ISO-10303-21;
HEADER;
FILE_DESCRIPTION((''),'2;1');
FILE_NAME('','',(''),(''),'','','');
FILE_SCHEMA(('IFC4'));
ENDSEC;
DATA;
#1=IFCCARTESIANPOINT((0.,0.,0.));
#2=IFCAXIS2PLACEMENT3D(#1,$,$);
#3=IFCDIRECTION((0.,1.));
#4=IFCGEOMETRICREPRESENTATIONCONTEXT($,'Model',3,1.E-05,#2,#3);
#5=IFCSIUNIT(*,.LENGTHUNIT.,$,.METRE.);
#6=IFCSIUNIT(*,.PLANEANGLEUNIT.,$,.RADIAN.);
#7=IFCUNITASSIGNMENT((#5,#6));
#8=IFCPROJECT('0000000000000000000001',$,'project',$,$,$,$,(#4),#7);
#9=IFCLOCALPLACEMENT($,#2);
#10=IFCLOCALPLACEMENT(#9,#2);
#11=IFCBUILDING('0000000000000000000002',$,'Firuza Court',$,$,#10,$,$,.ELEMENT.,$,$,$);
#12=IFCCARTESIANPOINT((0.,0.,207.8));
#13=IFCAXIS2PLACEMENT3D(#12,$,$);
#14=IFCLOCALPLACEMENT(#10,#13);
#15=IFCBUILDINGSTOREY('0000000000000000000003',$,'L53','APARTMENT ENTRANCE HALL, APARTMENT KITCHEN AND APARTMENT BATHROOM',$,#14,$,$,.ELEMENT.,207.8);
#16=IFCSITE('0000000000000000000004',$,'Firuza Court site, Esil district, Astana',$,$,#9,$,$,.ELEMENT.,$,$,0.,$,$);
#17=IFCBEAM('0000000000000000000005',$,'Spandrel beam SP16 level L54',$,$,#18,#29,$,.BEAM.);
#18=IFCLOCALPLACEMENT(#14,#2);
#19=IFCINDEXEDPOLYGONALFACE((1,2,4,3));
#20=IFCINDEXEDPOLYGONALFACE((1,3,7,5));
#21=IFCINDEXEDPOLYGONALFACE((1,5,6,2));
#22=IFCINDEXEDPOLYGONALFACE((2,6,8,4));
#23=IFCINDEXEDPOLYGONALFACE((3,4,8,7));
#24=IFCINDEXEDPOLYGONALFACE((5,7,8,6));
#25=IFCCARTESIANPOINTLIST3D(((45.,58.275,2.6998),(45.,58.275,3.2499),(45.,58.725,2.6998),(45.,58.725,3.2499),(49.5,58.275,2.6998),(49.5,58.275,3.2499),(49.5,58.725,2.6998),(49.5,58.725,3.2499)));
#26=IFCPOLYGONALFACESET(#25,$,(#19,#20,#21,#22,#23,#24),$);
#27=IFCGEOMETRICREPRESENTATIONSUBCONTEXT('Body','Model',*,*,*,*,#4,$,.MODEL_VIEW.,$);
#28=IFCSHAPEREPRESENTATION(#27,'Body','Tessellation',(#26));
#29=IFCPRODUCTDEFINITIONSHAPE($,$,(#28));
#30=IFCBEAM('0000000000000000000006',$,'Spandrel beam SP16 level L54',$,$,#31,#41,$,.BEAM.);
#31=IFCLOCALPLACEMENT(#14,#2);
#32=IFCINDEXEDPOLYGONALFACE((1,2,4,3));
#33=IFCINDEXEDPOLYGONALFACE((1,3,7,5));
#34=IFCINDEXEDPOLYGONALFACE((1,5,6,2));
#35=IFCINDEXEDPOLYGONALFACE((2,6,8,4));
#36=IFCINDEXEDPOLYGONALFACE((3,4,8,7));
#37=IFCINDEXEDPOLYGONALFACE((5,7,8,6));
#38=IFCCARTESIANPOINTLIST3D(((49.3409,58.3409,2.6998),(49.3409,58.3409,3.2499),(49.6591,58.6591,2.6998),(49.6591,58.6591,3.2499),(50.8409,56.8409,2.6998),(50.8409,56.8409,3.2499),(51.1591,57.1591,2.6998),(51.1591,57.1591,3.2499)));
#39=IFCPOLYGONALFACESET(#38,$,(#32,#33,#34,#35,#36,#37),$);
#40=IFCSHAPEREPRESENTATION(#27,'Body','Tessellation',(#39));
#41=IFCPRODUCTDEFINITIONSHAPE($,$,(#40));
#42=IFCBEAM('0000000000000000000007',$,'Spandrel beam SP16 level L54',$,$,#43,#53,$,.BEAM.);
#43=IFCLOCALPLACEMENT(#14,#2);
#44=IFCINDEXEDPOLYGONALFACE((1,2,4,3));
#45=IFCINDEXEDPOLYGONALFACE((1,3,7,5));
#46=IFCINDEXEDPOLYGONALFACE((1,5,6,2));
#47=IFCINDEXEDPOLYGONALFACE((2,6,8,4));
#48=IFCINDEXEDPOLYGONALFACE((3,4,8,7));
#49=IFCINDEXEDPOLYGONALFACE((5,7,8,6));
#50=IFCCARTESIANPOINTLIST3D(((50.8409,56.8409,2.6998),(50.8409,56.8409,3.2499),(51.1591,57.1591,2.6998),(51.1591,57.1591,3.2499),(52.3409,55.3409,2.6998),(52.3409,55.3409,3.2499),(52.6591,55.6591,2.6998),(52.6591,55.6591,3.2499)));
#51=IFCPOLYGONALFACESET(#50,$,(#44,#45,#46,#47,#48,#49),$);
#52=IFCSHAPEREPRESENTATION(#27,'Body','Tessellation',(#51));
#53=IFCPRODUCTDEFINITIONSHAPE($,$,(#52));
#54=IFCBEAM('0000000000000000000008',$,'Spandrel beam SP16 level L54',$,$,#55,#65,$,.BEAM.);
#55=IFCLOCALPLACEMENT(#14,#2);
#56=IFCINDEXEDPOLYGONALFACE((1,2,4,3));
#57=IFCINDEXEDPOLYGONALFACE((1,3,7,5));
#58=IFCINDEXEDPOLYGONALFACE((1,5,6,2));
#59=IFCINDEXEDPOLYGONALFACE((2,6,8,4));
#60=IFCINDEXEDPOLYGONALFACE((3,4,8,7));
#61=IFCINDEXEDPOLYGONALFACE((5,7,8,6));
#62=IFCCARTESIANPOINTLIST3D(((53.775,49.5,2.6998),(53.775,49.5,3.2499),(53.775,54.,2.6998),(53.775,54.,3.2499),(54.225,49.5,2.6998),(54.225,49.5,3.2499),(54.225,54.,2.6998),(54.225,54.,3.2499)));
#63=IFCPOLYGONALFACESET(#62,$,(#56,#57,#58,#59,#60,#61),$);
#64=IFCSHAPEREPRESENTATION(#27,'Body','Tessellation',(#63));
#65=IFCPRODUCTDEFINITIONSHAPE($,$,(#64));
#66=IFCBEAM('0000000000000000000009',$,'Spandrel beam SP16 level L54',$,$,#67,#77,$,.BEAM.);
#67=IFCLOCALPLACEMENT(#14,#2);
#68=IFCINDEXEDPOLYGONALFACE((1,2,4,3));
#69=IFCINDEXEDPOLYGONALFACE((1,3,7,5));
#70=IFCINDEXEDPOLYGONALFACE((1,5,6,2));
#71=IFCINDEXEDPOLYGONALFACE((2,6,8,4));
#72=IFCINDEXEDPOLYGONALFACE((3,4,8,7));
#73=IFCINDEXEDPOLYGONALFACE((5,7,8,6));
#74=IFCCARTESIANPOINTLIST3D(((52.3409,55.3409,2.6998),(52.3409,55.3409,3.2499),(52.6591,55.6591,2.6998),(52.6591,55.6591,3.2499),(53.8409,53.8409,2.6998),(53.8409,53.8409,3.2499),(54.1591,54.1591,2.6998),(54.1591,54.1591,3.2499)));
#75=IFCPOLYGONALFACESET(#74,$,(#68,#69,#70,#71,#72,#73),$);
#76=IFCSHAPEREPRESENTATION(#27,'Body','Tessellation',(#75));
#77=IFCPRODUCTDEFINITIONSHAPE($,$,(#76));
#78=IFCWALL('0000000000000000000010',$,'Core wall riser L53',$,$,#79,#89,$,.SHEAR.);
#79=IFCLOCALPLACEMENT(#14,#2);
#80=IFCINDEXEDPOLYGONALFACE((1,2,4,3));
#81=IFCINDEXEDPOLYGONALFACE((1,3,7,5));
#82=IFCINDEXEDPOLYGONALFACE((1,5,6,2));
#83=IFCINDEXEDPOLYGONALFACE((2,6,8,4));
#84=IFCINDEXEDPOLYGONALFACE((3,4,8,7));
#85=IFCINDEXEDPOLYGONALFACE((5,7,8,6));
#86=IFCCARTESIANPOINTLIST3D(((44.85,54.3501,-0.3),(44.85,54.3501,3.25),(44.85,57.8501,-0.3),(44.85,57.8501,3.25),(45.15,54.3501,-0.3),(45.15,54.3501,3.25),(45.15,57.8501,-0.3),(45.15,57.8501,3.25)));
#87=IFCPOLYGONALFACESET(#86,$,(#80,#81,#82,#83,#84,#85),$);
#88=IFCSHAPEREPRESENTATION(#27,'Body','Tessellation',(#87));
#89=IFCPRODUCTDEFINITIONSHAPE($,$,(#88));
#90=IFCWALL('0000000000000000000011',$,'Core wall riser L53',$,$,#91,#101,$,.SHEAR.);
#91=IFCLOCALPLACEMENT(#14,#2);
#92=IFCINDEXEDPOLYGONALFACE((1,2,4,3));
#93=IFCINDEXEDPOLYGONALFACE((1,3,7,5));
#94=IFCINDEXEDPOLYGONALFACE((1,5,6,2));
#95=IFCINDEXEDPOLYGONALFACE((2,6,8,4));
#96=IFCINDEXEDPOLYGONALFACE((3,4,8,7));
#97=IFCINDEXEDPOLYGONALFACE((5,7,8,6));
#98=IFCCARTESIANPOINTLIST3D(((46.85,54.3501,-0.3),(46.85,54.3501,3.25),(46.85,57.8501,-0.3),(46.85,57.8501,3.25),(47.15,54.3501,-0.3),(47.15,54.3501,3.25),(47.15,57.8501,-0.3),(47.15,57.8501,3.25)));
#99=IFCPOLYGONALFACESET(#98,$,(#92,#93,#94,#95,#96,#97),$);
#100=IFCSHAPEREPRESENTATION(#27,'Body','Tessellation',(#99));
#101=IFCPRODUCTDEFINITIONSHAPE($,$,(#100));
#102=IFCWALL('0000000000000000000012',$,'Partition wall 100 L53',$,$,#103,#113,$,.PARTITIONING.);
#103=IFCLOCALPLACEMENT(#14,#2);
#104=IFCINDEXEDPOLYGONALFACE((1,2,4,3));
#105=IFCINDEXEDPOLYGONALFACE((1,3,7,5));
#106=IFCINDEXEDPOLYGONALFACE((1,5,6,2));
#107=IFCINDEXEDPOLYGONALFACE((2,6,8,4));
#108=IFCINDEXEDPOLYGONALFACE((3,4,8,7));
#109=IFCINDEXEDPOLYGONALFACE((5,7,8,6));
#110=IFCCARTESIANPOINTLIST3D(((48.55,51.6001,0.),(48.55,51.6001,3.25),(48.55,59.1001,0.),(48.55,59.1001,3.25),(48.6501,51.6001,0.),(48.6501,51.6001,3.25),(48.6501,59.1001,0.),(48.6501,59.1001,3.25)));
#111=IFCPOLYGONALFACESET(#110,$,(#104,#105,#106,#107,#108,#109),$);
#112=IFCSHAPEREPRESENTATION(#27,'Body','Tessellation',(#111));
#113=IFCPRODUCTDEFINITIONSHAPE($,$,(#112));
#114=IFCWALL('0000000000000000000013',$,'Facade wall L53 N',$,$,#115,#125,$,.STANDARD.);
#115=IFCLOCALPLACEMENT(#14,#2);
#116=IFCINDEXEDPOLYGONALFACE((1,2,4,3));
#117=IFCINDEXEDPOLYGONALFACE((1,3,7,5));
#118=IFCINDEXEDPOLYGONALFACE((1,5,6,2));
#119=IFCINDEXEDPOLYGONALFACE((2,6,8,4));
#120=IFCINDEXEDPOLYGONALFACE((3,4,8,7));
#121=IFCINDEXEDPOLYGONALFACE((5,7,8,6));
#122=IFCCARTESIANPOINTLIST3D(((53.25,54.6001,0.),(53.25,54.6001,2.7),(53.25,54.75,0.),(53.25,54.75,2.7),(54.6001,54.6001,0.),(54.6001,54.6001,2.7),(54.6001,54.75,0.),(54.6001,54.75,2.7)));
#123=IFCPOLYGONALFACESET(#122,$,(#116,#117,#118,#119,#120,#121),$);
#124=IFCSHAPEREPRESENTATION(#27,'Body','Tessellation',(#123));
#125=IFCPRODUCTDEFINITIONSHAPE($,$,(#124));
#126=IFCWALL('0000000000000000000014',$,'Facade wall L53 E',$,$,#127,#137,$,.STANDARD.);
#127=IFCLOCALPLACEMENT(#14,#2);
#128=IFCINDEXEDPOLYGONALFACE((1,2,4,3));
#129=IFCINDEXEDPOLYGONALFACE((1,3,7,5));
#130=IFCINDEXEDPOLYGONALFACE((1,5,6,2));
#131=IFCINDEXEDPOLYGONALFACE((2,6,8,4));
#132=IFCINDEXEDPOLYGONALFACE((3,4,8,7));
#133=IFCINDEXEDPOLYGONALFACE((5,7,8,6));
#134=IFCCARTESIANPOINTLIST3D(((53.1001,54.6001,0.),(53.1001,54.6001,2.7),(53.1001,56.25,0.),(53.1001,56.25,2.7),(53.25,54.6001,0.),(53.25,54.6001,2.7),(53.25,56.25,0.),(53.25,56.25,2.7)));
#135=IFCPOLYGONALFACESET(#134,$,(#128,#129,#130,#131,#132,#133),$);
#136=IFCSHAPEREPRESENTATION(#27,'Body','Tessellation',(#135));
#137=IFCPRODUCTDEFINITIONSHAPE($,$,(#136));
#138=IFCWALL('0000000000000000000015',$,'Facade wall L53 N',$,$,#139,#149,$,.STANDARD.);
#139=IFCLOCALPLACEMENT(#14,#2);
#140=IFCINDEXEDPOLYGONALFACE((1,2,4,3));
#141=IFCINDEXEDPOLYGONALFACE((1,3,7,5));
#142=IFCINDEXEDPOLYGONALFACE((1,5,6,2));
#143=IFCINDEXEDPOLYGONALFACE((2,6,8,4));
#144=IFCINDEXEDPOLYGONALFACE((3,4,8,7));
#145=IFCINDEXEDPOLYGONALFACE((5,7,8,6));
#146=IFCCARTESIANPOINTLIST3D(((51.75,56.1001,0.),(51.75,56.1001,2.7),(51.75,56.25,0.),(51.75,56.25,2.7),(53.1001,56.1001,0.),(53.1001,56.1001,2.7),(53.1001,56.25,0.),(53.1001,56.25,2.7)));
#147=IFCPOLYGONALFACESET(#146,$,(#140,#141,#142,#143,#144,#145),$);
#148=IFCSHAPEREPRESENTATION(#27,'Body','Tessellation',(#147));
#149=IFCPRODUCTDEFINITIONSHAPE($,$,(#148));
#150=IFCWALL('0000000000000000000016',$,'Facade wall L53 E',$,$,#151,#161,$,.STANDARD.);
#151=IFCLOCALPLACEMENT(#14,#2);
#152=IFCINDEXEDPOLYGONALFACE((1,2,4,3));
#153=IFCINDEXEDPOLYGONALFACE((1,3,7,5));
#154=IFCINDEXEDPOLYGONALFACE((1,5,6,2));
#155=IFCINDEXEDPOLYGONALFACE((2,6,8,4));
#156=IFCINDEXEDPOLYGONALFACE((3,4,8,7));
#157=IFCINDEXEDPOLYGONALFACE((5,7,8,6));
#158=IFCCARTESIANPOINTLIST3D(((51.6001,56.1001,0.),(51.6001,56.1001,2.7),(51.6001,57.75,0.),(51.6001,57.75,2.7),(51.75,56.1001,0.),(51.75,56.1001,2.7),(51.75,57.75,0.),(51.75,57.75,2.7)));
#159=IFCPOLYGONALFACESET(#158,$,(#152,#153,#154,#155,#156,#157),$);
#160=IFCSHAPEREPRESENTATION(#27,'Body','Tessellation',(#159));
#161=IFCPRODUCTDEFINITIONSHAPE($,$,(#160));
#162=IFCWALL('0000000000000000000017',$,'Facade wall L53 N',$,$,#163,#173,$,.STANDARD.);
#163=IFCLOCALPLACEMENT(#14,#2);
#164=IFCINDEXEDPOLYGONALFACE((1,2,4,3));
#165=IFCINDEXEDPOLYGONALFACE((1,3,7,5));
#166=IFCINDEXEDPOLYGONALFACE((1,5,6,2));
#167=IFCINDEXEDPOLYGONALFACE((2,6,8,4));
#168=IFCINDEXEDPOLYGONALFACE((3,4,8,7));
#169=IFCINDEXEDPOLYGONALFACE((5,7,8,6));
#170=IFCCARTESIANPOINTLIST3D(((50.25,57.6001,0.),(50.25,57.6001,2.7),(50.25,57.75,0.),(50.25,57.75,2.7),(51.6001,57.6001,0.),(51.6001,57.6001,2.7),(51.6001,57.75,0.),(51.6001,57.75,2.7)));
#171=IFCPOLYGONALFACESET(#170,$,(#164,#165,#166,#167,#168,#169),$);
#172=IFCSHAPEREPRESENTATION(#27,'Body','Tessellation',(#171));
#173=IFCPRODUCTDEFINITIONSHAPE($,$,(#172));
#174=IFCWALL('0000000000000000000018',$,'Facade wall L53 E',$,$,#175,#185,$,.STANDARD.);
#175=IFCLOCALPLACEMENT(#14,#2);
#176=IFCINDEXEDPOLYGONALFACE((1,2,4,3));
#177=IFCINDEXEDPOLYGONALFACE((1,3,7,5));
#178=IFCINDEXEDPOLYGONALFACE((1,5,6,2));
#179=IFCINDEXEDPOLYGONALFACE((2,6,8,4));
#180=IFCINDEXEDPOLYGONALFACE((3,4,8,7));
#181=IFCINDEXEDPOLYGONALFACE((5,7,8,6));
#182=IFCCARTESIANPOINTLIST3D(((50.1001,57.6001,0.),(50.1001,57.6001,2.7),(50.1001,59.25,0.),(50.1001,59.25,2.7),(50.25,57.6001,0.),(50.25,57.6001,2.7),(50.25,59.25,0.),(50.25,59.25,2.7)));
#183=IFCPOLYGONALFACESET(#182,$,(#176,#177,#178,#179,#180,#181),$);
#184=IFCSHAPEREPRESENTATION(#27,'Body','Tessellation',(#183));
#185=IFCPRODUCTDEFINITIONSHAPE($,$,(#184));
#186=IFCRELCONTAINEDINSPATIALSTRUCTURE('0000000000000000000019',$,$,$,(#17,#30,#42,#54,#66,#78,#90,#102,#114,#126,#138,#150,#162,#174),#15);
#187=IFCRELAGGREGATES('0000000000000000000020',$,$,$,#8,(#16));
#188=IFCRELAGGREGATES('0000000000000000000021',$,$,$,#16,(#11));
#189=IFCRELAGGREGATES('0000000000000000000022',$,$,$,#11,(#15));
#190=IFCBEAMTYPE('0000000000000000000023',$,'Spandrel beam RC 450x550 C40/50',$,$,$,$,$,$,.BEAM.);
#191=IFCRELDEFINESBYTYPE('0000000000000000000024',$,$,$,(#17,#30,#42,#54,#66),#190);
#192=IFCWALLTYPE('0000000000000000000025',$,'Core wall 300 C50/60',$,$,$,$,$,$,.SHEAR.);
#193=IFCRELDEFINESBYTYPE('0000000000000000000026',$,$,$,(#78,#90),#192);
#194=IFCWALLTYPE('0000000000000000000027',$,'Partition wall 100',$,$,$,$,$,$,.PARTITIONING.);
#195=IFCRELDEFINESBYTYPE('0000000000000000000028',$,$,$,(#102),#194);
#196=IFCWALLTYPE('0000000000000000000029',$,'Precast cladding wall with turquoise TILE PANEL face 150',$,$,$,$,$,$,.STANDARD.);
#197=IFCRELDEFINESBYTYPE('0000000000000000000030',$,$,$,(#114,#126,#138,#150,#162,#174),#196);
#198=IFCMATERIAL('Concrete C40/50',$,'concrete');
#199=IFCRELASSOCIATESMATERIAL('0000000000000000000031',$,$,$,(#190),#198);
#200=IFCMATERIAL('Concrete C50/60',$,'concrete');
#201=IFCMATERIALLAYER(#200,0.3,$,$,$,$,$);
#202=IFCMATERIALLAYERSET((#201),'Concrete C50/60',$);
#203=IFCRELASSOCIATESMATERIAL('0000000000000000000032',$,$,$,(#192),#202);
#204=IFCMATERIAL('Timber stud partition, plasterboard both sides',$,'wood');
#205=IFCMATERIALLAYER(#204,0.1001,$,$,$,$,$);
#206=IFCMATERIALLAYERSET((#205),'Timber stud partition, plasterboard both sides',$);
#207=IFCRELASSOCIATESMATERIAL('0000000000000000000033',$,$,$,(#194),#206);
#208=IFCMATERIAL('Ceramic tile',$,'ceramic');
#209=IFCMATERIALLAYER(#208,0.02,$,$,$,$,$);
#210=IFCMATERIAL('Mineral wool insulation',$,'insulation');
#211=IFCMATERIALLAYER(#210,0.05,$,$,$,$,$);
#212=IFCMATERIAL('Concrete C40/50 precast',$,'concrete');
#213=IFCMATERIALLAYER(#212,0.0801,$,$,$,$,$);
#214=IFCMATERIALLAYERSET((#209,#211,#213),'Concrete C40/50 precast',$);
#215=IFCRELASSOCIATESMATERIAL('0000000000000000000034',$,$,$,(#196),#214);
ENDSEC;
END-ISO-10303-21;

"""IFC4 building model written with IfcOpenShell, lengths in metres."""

from ifc_helpers import new_model, si_unit, direction, frame, frame_2d, origin, origin_2d, place, context, subcontext, project, spatial, rectangle, extrude, material, layer, layer_set, material_profile, profile_set, type_object, element, save


model = new_model("IFC4")

# Units and contexts
model_context = context("Model", 3, precision=1e-05, world=origin(), true_north=direction((0.0, 1.0)))
body_context = subcontext(model_context, "Body", "Model", "MODEL_VIEW")
ifc_project = project(units=[si_unit("LENGTHUNIT", "METRE"), si_unit("PLANEANGLEUNIT", "RADIAN")], contexts=[model_context])

# Site, building, storey
site_placement = place(None, origin())
site = spatial("IfcSite", under=ifc_project, at=site_placement, Name="Firuza Court site, Esil district, Astana", CompositionType="ELEMENT", RefElevation=0.0)
building_placement = place(site_placement, origin())
building = spatial("IfcBuilding", under=site, at=building_placement, Name="Firuza Court", CompositionType="ELEMENT")
storey_placement = place(building_placement, frame((0.0, 0.0, 207.8)))
storey = spatial("IfcBuildingStorey", under=building, at=storey_placement, Name="L53", Description="APARTMENT ENTRANCE HALL, APARTMENT KITCHEN AND APARTMENT BATHROOM", CompositionType="ELEMENT", Elevation=207.8)

# Beams
ifc_material_1 = material(Name="Concrete C40/50", Category="concrete")
ifc_material_profile_1 = material_profile(ifc_material_1, rectangle(XDim=0.45, YDim=0.55, at=origin_2d()), Name="RC 450x550")
ifc_profile_set_1 = profile_set([ifc_material_profile_1], Name="Concrete C40/50")
beam_type = type_object("IfcBeamType", Name="Spandrel beam RC 450x550 C40/50", PredefinedType="BEAM", material=ifc_profile_set_1)
for number, where, z_axis, x_axis, name in (
    (1, (49.5, 58.5, 2.9749), (-1.0, 0.0, 0.0), (0.0, -1.0, 0.0), "Spandrel beam SP16 level L54"),
):
    element("IfcBeam", number, at=place(storey_placement, frame(where, z_axis=z_axis, x_axis=x_axis)), inside=storey, type_object=beam_type, Name=name, PredefinedType="BEAM", context=body_context, shape_type="SweptSolid", body=[
        extrude(rectangle(XDim=0.45, YDim=0.55, at=origin_2d()), origin(), (0.0, 0.0, 1.0), 4.5),
    ])
for number, where, z_axis, x_axis, name in (
    (2, (51.0, 57.0, 2.9749), (-0.707107, 0.707107, 0.0), (-0.707107, -0.707107, 0.0), "Spandrel beam SP16 level L54"),
    (3, (52.5, 55.5, 2.9749), (-0.707107, 0.707107, 0.0), (-0.707107, -0.707107, 0.0), "Spandrel beam SP16 level L54"),
):
    element("IfcBeam", number, at=place(storey_placement, frame(where, z_axis=z_axis, x_axis=x_axis)), inside=storey, type_object=beam_type, Name=name, PredefinedType="BEAM", context=body_context, shape_type="SweptSolid", body=[
        extrude(rectangle(XDim=0.45, YDim=0.55, at=origin_2d()), origin(), (0.0, 0.0, 1.0), 2.1213),
    ])
beam_1_placement = place(storey_placement, frame((54.0, 49.5, 2.9749), z_axis=(0.0, 1.0, 0.0), x_axis=(-1.0, 0.0, 0.0)))
element("IfcBeam", 4, at=beam_1_placement, inside=storey, type_object=beam_type, Name="Spandrel beam SP16 level L54", PredefinedType="BEAM", context=body_context, shape_type="SweptSolid", body=[
    extrude(rectangle(XDim=0.45, YDim=0.55, at=origin_2d()), origin(), (0.0, 0.0, 1.0), 4.5),
])
beam_2_placement = place(storey_placement, frame((54.0, 54.0, 2.9749), z_axis=(-0.707107, 0.707107, 0.0), x_axis=(-0.707107, -0.707107, 0.0)))
element("IfcBeam", 5, at=beam_2_placement, inside=storey, type_object=beam_type, Name="Spandrel beam SP16 level L54", PredefinedType="BEAM", context=body_context, shape_type="SweptSolid", body=[
    extrude(rectangle(XDim=0.45, YDim=0.55, at=origin_2d()), origin(), (0.0, 0.0, 1.0), 2.1213),
])

# Walls
ifc_material_2 = material(Name="Concrete C50/60", Category="concrete")
ifc_layer_1 = layer(ifc_material_2, 0.3)
ifc_layer_set_1 = layer_set([ifc_layer_1], Name="Concrete C50/60")
wall_type_1 = type_object("IfcWallType", Name="Core wall 300 C50/60", PredefinedType="SHEAR", material=ifc_layer_set_1)
for number, where, z_axis, x_axis, name in (
    (6, (45.0, 54.3501, -0.3), (0.0, 0.0, 1.0), (0.0, 1.0, 0.0), "Core wall riser L53"),
    (7, (47.0, 54.3501, -0.3), (0.0, 0.0, 1.0), (0.0, 1.0, 0.0), "Core wall riser L53"),
):
    element("IfcWall", number, at=place(storey_placement, frame(where, z_axis=z_axis, x_axis=x_axis)), inside=storey, type_object=wall_type_1, Name=name, PredefinedType="SHEAR", context=body_context, shape_type="SweptSolid", body=[
        extrude(rectangle(XDim=3.5, YDim=0.3, at=frame_2d((1.75, 0.0))), origin(), (0.0, 0.0, 1.0), 3.55),
    ])
ifc_material_3 = material(Name="Timber stud partition, plasterboard both sides", Category="wood")
ifc_layer_2 = layer(ifc_material_3, 0.1001)
ifc_layer_set_2 = layer_set([ifc_layer_2], Name="Timber stud partition, plasterboard both sides")
wall_type_2 = type_object("IfcWallType", Name="Partition wall 100", PredefinedType="PARTITIONING", material=ifc_layer_set_2)
wall_1_placement = place(storey_placement, frame((48.6001, 51.6001, 0.0), z_axis=(0.0, 0.0, 1.0), x_axis=(0.0, 1.0, 0.0)))
element("IfcWall", 8, at=wall_1_placement, inside=storey, type_object=wall_type_2, Name="Partition wall 100 L53", PredefinedType="PARTITIONING", context=body_context, shape_type="SweptSolid", body=[
    extrude(rectangle(XDim=7.5, YDim=0.1001, at=frame_2d((3.75, 0.0))), origin(), (0.0, 0.0, 1.0), 3.25),
])
ifc_material_4 = material(Name="Ceramic tile", Category="ceramic")
ifc_layer_3 = layer(ifc_material_4, 0.02)
ifc_material_5 = material(Name="Mineral wool insulation", Category="insulation")
ifc_layer_4 = layer(ifc_material_5, 0.05)
ifc_material_6 = material(Name="Concrete C40/50 precast", Category="concrete")
ifc_layer_5 = layer(ifc_material_6, 0.0801)
ifc_layer_set_3 = layer_set([ifc_layer_3, ifc_layer_4, ifc_layer_5], Name="Concrete C40/50 precast")
wall_type_3 = type_object("IfcWallType", Name="Precast cladding wall with turquoise TILE PANEL face 150", PredefinedType="STANDARD", material=ifc_layer_set_3)
wall_2_placement = place(storey_placement, frame((54.6001, 54.675, 0.0), z_axis=(0.0, 0.0, 1.0), x_axis=(-1.0, 0.0, 0.0)))
element("IfcWall", 9, at=wall_2_placement, inside=storey, type_object=wall_type_3, Name="Facade wall L53 N", PredefinedType="STANDARD", context=body_context, shape_type="SweptSolid", body=[
    extrude(rectangle(XDim=1.3501, YDim=0.1499, at=frame_2d((0.675, 0.0))), origin(), (0.0, 0.0, 1.0), 2.7),
])
wall_3_placement = place(storey_placement, frame((53.175, 54.6001, 0.0), z_axis=(0.0, 0.0, 1.0), x_axis=(0.0, 1.0, 0.0)))
element("IfcWall", 10, at=wall_3_placement, inside=storey, type_object=wall_type_3, Name="Facade wall L53 E", PredefinedType="STANDARD", context=body_context, shape_type="SweptSolid", body=[
    extrude(rectangle(XDim=1.6499, YDim=0.1499, at=frame_2d((0.825, 0.0))), origin(), (0.0, 0.0, 1.0), 2.7),
])
wall_4_placement = place(storey_placement, frame((53.1001, 56.175, 0.0), z_axis=(0.0, 0.0, 1.0), x_axis=(-1.0, 0.0, 0.0)))
element("IfcWall", 11, at=wall_4_placement, inside=storey, type_object=wall_type_3, Name="Facade wall L53 N", PredefinedType="STANDARD", context=body_context, shape_type="SweptSolid", body=[
    extrude(rectangle(XDim=1.3501, YDim=0.1499, at=frame_2d((0.675, 0.0))), origin(), (0.0, 0.0, 1.0), 2.7),
])
wall_5_placement = place(storey_placement, frame((51.675, 56.1001, 0.0), z_axis=(0.0, 0.0, 1.0), x_axis=(0.0, 1.0, 0.0)))
element("IfcWall", 12, at=wall_5_placement, inside=storey, type_object=wall_type_3, Name="Facade wall L53 E", PredefinedType="STANDARD", context=body_context, shape_type="SweptSolid", body=[
    extrude(rectangle(XDim=1.6499, YDim=0.1499, at=frame_2d((0.825, 0.0))), origin(), (0.0, 0.0, 1.0), 2.7),
])
wall_6_placement = place(storey_placement, frame((51.6001, 57.675, 0.0), z_axis=(0.0, 0.0, 1.0), x_axis=(-1.0, 0.0, 0.0)))
element("IfcWall", 13, at=wall_6_placement, inside=storey, type_object=wall_type_3, Name="Facade wall L53 N", PredefinedType="STANDARD", context=body_context, shape_type="SweptSolid", body=[
    extrude(rectangle(XDim=1.3501, YDim=0.1499, at=frame_2d((0.675, 0.0))), origin(), (0.0, 0.0, 1.0), 2.7),
])
wall_7_placement = place(storey_placement, frame((50.175, 57.6001, 0.0), z_axis=(0.0, 0.0, 1.0), x_axis=(0.0, 1.0, 0.0)))
element("IfcWall", 14, at=wall_7_placement, inside=storey, type_object=wall_type_3, Name="Facade wall L53 E", PredefinedType="STANDARD", context=body_context, shape_type="SweptSolid", body=[
    extrude(rectangle(XDim=1.6499, YDim=0.1499, at=frame_2d((0.825, 0.0))), origin(), (0.0, 0.0, 1.0), 2.7),
])

save(model, "model.ifc")
